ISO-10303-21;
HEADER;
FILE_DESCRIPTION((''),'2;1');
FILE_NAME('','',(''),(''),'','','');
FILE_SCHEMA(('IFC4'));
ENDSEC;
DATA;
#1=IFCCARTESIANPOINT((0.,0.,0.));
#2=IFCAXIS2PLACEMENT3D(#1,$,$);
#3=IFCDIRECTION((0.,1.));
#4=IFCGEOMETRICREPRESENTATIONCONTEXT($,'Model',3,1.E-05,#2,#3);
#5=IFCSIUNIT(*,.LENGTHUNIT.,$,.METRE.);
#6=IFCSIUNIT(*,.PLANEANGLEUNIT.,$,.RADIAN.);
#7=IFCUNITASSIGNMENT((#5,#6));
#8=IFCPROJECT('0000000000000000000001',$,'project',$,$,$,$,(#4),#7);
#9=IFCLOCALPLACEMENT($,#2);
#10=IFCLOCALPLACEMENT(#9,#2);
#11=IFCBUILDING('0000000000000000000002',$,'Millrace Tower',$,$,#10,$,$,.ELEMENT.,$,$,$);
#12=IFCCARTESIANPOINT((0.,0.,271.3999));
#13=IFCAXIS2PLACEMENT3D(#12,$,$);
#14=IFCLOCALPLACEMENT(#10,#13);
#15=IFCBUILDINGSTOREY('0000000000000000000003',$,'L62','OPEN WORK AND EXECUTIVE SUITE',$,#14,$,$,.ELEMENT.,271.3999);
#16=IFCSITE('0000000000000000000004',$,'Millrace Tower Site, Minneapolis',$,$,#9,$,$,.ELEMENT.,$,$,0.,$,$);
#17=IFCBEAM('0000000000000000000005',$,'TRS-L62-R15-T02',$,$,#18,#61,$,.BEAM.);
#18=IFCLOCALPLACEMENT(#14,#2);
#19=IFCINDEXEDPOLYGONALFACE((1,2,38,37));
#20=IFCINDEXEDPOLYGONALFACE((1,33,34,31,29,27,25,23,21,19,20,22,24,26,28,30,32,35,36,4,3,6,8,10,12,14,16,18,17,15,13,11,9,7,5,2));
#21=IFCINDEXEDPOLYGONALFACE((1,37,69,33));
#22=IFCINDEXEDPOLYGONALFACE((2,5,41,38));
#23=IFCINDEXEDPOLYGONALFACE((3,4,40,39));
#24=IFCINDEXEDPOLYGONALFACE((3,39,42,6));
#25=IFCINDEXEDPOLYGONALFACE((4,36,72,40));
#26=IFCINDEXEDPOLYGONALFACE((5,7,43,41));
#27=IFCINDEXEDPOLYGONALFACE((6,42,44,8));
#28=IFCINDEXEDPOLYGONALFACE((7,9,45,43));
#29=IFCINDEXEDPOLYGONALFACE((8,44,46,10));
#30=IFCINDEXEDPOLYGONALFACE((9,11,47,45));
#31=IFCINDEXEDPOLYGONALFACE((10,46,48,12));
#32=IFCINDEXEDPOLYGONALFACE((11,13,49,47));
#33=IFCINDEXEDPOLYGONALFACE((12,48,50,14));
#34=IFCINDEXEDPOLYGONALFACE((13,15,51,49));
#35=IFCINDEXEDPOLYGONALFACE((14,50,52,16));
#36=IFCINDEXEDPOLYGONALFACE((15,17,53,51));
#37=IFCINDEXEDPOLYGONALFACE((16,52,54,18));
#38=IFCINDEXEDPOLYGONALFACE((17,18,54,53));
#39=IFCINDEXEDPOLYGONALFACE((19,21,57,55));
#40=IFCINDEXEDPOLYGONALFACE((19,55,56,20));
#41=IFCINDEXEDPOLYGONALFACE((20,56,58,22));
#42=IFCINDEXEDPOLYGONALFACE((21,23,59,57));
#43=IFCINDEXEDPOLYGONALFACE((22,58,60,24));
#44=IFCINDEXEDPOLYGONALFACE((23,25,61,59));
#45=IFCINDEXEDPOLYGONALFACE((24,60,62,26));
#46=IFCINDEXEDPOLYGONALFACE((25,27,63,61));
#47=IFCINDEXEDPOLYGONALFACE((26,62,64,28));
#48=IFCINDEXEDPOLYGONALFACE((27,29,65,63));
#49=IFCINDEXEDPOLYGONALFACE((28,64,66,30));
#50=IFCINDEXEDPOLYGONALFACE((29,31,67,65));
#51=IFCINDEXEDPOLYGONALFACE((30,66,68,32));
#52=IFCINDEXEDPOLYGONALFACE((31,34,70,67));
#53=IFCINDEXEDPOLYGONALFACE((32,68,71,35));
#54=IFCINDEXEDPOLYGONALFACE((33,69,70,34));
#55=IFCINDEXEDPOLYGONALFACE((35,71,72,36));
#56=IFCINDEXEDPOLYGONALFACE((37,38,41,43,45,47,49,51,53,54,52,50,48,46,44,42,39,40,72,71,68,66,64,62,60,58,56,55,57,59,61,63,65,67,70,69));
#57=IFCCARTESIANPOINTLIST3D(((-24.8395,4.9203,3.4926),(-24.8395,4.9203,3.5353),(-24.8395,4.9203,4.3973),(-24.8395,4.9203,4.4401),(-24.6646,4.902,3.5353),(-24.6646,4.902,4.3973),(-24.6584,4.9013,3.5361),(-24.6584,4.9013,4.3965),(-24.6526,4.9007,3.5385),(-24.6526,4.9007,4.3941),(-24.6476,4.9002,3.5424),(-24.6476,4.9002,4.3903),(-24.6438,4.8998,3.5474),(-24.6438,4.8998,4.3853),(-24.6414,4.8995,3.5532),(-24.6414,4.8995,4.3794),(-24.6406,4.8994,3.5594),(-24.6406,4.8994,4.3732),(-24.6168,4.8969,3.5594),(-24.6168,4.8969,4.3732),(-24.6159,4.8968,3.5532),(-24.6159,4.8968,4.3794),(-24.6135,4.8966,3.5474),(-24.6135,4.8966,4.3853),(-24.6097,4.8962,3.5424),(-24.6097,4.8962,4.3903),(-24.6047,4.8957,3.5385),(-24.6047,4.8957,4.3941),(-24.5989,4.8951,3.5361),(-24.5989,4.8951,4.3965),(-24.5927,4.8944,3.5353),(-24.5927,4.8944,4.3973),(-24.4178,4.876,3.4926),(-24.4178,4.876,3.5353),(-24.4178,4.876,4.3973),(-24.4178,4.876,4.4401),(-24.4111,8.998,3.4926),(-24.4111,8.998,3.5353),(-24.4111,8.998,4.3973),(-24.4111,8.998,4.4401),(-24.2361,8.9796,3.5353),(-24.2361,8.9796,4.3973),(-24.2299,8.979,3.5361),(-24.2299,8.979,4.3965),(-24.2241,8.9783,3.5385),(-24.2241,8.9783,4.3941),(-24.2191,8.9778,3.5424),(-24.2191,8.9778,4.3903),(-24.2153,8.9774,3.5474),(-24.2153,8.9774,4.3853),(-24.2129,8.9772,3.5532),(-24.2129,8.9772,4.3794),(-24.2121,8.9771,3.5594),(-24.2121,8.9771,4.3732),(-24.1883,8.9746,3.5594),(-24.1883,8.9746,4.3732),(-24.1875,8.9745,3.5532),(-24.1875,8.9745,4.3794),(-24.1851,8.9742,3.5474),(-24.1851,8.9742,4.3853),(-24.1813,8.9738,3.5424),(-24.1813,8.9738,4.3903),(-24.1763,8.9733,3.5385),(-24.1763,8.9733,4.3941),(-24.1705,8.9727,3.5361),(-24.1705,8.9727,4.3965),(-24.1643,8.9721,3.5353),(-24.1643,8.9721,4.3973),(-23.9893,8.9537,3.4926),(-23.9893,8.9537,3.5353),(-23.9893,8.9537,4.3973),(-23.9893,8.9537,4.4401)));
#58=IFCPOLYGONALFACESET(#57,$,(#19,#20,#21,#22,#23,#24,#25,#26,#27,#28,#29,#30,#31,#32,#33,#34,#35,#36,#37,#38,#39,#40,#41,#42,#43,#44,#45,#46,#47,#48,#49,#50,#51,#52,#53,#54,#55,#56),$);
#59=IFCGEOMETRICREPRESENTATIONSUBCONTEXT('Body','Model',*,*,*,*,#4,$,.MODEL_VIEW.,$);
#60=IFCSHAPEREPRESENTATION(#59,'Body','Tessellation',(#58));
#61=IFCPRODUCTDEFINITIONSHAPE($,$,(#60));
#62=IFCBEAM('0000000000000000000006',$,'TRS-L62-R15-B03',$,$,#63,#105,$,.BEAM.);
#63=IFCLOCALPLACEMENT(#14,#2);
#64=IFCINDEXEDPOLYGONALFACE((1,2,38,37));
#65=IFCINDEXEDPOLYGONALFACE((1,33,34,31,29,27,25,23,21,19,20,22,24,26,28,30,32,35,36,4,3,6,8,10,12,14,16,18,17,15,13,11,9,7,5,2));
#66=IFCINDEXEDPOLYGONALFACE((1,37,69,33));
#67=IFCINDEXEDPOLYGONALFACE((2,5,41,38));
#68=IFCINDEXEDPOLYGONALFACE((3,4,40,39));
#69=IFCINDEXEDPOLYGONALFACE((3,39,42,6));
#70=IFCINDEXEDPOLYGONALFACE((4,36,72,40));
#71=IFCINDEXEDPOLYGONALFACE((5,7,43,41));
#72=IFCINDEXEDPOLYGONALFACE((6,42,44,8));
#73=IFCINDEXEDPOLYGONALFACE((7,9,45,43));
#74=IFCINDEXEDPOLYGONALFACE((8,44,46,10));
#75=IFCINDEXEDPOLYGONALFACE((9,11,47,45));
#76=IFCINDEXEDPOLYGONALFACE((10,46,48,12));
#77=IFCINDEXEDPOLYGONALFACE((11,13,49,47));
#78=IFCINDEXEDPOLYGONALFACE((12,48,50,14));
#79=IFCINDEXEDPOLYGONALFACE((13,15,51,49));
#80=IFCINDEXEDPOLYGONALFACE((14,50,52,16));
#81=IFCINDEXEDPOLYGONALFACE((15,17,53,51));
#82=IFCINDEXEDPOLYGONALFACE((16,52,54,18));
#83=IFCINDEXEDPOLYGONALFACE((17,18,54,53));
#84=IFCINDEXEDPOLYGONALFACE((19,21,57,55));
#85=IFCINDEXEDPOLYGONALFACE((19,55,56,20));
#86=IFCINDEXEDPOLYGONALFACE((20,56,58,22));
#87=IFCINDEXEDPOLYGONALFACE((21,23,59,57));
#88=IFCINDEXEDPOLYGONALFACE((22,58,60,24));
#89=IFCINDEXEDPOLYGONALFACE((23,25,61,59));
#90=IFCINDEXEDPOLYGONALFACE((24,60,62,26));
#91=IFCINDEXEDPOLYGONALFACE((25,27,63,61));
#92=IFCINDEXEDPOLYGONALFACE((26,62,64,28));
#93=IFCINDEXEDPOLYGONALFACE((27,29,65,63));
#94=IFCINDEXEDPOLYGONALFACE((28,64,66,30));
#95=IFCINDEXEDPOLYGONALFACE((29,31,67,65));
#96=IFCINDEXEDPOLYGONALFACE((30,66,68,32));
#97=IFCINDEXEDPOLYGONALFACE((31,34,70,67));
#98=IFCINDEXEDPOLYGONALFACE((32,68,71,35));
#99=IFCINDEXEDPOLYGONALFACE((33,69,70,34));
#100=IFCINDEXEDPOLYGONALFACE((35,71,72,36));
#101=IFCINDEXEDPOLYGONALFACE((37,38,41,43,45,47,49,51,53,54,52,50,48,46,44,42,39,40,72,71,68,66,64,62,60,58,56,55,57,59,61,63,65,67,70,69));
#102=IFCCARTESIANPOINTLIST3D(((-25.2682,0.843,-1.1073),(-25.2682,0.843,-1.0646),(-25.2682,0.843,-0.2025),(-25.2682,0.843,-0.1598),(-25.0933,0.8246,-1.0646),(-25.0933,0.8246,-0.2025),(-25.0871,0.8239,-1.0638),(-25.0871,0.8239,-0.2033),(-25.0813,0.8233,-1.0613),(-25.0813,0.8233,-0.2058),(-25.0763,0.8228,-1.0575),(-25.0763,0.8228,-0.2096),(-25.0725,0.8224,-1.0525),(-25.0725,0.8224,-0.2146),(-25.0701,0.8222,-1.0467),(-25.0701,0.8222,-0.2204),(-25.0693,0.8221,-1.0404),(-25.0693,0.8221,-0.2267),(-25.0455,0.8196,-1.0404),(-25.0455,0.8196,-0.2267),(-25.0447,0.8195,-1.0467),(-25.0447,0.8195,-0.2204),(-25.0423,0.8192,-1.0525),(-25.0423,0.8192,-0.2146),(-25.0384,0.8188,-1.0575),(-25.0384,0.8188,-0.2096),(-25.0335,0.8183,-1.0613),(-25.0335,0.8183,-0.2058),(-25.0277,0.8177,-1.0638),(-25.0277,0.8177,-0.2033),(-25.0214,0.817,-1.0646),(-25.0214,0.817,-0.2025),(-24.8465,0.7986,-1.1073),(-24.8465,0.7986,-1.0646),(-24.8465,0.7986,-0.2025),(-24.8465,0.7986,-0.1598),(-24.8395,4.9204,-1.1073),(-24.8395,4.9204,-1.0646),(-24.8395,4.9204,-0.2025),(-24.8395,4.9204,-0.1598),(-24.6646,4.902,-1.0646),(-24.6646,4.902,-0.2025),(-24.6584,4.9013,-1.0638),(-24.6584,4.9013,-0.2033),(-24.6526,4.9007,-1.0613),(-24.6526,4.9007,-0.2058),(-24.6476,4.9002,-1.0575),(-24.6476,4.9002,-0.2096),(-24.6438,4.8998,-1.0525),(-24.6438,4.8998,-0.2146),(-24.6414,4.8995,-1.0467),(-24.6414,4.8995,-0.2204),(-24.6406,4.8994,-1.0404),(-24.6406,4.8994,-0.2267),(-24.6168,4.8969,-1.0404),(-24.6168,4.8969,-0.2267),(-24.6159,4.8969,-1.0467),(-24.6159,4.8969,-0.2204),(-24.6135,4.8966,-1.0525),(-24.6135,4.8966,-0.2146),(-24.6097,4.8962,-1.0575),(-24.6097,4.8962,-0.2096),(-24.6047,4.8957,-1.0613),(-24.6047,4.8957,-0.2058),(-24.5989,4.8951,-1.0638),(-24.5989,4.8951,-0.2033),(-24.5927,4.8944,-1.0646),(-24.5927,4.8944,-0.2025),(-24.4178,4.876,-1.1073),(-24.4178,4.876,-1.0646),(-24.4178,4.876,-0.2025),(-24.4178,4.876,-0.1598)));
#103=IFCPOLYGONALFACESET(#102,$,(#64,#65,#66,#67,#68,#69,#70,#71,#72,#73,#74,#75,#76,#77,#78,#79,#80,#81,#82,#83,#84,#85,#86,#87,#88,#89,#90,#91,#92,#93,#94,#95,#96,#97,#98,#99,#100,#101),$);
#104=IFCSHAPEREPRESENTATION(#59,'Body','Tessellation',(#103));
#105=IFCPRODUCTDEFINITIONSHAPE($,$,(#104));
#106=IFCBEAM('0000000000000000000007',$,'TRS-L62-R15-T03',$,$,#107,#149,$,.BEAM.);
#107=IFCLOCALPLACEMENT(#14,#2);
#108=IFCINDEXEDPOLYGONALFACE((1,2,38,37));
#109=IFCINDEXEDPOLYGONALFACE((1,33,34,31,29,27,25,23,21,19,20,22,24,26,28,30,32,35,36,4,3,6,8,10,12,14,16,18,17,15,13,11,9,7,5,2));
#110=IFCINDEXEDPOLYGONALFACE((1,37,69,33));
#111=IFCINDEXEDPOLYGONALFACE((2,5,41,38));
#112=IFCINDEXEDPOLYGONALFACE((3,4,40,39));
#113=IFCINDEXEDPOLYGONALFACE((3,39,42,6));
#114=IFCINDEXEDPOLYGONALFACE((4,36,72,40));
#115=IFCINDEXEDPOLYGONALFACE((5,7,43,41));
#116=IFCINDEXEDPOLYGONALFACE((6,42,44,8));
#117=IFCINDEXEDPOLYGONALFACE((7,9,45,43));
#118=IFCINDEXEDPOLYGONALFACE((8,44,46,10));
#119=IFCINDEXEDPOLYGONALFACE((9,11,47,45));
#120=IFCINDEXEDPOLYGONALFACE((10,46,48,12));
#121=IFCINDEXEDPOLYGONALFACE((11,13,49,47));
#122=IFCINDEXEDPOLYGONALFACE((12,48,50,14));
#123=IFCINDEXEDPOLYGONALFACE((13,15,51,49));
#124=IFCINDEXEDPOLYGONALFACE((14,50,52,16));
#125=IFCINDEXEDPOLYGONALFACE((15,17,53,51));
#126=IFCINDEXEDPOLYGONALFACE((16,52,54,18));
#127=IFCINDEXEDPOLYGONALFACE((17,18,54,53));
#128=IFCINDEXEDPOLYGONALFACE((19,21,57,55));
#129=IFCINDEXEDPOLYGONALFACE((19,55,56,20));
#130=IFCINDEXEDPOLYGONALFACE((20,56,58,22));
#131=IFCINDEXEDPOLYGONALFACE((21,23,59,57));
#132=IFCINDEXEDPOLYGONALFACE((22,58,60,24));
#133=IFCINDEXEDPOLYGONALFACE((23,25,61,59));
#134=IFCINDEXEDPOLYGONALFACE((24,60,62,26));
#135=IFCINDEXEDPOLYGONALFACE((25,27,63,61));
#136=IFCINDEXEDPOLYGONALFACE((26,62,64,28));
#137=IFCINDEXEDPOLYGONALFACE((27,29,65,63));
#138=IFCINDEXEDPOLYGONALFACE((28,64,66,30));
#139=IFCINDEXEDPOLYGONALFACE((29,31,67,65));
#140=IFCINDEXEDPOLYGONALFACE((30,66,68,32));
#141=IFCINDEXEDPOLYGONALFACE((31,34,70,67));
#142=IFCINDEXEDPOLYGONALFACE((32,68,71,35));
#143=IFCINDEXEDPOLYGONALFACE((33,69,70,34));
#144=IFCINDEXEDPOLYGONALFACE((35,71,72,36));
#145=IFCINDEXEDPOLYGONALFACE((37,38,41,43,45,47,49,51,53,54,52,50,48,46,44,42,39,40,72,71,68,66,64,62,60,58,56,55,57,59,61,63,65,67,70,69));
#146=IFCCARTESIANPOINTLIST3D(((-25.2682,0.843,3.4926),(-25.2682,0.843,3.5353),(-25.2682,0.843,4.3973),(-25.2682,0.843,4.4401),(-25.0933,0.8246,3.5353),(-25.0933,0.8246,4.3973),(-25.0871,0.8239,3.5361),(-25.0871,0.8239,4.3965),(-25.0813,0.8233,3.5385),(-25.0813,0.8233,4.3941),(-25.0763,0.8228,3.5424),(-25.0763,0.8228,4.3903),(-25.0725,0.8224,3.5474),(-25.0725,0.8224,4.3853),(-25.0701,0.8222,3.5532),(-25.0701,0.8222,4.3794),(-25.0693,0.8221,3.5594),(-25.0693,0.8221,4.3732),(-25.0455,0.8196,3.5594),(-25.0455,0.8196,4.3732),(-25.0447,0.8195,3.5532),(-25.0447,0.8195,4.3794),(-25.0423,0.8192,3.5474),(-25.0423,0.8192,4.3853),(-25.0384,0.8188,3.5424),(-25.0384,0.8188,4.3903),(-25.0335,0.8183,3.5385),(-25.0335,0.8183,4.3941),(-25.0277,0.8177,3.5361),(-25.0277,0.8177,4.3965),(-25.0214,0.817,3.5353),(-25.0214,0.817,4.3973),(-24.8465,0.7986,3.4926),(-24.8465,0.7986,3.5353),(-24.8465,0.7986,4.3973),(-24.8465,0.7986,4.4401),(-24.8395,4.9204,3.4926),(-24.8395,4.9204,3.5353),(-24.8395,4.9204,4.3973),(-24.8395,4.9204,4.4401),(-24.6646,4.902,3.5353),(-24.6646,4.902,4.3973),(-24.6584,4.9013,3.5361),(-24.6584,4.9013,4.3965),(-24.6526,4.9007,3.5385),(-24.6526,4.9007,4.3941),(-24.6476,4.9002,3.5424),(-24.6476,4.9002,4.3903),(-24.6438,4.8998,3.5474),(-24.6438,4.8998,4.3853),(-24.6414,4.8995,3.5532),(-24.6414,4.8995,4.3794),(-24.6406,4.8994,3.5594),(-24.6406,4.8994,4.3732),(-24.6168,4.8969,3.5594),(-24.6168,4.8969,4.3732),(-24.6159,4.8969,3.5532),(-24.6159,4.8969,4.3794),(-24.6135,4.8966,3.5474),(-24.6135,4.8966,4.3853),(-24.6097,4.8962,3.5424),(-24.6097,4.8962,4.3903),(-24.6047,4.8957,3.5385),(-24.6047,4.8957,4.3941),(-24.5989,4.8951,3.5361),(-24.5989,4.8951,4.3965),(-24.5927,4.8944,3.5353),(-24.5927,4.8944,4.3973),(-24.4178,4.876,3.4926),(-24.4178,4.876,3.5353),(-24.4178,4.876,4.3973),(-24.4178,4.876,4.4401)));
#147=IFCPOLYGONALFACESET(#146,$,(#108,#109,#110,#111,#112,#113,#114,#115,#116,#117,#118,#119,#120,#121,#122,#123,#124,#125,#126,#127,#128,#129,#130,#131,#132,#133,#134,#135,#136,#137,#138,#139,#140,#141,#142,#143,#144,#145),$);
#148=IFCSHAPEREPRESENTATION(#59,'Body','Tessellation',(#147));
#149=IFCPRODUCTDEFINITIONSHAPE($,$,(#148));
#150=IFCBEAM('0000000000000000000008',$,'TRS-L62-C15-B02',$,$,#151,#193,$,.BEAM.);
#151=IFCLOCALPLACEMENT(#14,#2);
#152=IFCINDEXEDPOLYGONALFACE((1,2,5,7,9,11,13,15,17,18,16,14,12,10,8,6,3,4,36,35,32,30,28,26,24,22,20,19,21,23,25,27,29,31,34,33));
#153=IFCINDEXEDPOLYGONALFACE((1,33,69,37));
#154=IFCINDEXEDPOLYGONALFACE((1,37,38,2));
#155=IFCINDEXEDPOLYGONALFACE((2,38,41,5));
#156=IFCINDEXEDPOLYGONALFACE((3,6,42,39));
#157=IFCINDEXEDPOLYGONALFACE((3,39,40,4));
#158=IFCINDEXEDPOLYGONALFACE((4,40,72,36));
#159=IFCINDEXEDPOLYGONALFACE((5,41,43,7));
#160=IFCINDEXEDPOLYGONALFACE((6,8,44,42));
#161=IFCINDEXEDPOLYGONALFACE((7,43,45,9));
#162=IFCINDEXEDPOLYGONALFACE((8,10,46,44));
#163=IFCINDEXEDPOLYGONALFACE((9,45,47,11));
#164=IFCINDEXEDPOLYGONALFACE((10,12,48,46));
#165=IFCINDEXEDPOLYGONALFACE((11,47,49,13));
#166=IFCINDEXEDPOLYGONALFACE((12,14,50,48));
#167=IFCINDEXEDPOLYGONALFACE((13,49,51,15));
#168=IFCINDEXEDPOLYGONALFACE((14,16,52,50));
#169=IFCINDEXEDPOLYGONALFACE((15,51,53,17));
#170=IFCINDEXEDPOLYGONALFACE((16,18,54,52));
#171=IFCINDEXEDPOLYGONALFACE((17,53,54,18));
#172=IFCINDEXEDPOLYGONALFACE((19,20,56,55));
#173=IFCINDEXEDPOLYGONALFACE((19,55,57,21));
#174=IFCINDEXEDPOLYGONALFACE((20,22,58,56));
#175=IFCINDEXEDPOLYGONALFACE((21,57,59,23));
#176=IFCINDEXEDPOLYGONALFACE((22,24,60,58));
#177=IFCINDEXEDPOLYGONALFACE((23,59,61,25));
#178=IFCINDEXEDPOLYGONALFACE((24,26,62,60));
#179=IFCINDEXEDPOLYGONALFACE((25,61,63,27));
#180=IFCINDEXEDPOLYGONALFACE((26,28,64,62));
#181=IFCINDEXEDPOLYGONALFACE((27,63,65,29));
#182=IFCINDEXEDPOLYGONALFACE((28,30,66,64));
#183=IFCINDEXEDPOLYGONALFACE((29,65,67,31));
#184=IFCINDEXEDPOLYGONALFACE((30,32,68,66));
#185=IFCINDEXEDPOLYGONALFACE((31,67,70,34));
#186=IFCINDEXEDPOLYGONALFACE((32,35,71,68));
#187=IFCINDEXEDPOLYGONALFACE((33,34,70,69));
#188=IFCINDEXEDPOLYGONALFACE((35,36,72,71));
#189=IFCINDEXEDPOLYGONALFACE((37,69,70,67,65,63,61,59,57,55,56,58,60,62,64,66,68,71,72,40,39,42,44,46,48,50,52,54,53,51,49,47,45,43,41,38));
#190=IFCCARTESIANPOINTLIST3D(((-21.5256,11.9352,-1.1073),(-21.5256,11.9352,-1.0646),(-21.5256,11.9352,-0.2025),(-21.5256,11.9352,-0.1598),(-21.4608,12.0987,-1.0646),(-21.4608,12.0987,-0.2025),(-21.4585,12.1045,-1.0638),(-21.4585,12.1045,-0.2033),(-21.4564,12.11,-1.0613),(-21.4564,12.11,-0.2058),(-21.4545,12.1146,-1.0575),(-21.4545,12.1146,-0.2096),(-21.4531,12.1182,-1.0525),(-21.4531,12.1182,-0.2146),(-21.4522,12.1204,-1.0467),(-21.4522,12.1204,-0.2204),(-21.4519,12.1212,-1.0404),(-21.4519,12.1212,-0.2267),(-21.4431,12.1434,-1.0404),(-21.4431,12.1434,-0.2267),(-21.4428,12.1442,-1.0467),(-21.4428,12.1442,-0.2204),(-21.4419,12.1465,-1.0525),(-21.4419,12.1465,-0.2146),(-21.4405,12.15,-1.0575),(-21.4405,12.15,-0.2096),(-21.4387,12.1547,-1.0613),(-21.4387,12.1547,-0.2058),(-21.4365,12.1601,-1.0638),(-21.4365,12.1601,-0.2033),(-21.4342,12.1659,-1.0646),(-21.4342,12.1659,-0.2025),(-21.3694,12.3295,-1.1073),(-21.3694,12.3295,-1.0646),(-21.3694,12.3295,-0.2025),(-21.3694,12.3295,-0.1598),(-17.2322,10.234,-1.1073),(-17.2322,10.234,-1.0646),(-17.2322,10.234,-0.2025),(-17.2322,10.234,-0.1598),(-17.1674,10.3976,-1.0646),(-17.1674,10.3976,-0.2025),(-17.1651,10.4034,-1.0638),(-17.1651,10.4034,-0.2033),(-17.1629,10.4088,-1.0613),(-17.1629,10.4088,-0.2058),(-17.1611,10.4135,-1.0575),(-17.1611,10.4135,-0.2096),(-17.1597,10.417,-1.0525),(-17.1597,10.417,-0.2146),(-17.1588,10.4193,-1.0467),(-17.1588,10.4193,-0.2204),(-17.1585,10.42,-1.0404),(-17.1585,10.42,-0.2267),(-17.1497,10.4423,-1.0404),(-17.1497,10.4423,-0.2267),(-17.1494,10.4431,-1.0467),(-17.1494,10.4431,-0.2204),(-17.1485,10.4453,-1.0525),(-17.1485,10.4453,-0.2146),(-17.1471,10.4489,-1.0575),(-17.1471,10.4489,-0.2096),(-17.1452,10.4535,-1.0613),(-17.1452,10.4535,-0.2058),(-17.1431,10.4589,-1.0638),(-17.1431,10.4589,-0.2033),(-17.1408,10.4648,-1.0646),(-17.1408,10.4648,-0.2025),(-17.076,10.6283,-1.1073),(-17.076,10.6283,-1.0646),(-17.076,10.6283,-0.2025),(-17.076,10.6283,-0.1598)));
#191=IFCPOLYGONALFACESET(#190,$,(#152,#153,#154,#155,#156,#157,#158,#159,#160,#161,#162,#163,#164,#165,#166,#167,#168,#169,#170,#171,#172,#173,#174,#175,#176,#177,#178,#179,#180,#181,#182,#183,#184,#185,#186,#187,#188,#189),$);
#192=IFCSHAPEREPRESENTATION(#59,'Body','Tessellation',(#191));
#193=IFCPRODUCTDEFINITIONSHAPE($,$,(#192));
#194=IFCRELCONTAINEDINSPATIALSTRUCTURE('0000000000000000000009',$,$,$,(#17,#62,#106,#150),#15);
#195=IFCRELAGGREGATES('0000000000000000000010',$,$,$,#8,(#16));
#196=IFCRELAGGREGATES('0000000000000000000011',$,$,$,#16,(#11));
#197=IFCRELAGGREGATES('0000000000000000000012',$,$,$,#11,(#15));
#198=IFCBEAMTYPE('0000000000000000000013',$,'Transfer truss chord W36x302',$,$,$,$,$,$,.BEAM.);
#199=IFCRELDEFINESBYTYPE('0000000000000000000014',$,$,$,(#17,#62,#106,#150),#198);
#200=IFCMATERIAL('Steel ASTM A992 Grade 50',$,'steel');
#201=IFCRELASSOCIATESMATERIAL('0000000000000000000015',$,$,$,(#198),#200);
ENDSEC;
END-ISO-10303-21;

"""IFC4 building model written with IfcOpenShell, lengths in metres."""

from ifc_helpers import new_model, si_unit, direction, frame, origin, origin_2d, place, context, subcontext, project, spatial, i_section, extrude, material, material_profile, profile_set, type_object, element, save


model = new_model("IFC4")

# Units and contexts
model_context = context("Model", 3, precision=1e-05, world=origin(), true_north=direction((0.0, 1.0)))
body_context = subcontext(model_context, "Body", "Model", "MODEL_VIEW")
ifc_project = project(units=[si_unit("LENGTHUNIT", "METRE"), si_unit("PLANEANGLEUNIT", "RADIAN")], contexts=[model_context])

# Site, building, storey
site_placement = place(None, origin())
site = spatial("IfcSite", under=ifc_project, at=site_placement, Name="Millrace Tower Site, Minneapolis", CompositionType="ELEMENT", RefElevation=0.0)
building_placement = place(site_placement, origin())
building = spatial("IfcBuilding", under=site, at=building_placement, Name="Millrace Tower", CompositionType="ELEMENT")
storey_placement = place(building_placement, frame((0.0, 0.0, 271.3999)))
storey = spatial("IfcBuildingStorey", under=building, at=storey_placement, Name="L62", Description="OPEN WORK AND EXECUTIVE SUITE", CompositionType="ELEMENT", Elevation=271.3999)

# Beams
ifc_material_1 = material(Name="Steel ASTM A992 Grade 50", Category="steel")
ifc_material_profile_1 = material_profile(ifc_material_1, i_section(OverallWidth=0.4241, OverallDepth=0.9475, WebThickness=0.0239, FlangeThickness=0.0427, FilletRadius=0.0242, at=origin_2d()))
ifc_profile_set_1 = profile_set([ifc_material_profile_1], Name="Steel ASTM A992 Grade 50")
beam_type_1 = type_object("IfcBeamType", Name="Transfer truss chord W36x302", PredefinedType="BEAM", material=ifc_profile_set_1)
for number, where, z_axis, x_axis, name in (
    (1, (-24.2002, 8.9758, 3.9663), (-0.104502, -0.994525, 0.0), (0.994525, -0.104502, 0.0), "TRS-L62-R15-T02"),
):
    element("IfcBeam", number, at=place(storey_placement, frame(where, z_axis=z_axis, x_axis=x_axis)), inside=storey, type_object=beam_type_1, Name=name, PredefinedType="BEAM", context=body_context, shape_type="SweptSolid", body=[
        extrude(i_section(OverallWidth=0.4241, OverallDepth=0.9475, WebThickness=0.0239, FlangeThickness=0.0427, FilletRadius=0.0242, at=origin_2d()), origin(), (0.0, 0.0, 1.0), 4.1001),
    ])
for number, where, z_axis, x_axis, name in (
    (2, (-24.6287, 4.8982, -0.6335), (-0.104567, -0.994518, 0.0), (0.994518, -0.104567, 0.0), "TRS-L62-R15-B03"),
    (3, (-24.6287, 4.8982, 3.9663), (-0.104567, -0.994518, 0.0), (0.994518, -0.104567, 0.0), "TRS-L62-R15-T03"),
):
    element("IfcBeam", number, at=place(storey_placement, frame(where, z_axis=z_axis, x_axis=x_axis)), inside=storey, type_object=beam_type_1, Name=name, PredefinedType="BEAM", context=body_context, shape_type="SweptSolid", body=[
        extrude(i_section(OverallWidth=0.4241, OverallDepth=0.9475, WebThickness=0.0239, FlangeThickness=0.0427, FilletRadius=0.0242, at=origin_2d()), origin(), (0.0, 0.0, 1.0), 4.0999),
    ])
beam_1_placement = place(storey_placement, frame((-21.4475, 12.1323, -0.6335), z_axis=(0.929682, -0.368363, 0.0), x_axis=(0.368363, 0.929682, 0.0)))
element("IfcBeam", 4, at=beam_1_placement, inside=storey, type_object=beam_type_1, Name="TRS-L62-C15-B02", PredefinedType="BEAM", context=body_context, shape_type="SweptSolid", body=[
    extrude(i_section(OverallWidth=0.4241, OverallDepth=0.9475, WebThickness=0.0239, FlangeThickness=0.0427, FilletRadius=0.0242, at=origin_2d()), origin(), (0.0, 0.0, 1.0), 4.6182),
])

save(model, "model.ifc")
